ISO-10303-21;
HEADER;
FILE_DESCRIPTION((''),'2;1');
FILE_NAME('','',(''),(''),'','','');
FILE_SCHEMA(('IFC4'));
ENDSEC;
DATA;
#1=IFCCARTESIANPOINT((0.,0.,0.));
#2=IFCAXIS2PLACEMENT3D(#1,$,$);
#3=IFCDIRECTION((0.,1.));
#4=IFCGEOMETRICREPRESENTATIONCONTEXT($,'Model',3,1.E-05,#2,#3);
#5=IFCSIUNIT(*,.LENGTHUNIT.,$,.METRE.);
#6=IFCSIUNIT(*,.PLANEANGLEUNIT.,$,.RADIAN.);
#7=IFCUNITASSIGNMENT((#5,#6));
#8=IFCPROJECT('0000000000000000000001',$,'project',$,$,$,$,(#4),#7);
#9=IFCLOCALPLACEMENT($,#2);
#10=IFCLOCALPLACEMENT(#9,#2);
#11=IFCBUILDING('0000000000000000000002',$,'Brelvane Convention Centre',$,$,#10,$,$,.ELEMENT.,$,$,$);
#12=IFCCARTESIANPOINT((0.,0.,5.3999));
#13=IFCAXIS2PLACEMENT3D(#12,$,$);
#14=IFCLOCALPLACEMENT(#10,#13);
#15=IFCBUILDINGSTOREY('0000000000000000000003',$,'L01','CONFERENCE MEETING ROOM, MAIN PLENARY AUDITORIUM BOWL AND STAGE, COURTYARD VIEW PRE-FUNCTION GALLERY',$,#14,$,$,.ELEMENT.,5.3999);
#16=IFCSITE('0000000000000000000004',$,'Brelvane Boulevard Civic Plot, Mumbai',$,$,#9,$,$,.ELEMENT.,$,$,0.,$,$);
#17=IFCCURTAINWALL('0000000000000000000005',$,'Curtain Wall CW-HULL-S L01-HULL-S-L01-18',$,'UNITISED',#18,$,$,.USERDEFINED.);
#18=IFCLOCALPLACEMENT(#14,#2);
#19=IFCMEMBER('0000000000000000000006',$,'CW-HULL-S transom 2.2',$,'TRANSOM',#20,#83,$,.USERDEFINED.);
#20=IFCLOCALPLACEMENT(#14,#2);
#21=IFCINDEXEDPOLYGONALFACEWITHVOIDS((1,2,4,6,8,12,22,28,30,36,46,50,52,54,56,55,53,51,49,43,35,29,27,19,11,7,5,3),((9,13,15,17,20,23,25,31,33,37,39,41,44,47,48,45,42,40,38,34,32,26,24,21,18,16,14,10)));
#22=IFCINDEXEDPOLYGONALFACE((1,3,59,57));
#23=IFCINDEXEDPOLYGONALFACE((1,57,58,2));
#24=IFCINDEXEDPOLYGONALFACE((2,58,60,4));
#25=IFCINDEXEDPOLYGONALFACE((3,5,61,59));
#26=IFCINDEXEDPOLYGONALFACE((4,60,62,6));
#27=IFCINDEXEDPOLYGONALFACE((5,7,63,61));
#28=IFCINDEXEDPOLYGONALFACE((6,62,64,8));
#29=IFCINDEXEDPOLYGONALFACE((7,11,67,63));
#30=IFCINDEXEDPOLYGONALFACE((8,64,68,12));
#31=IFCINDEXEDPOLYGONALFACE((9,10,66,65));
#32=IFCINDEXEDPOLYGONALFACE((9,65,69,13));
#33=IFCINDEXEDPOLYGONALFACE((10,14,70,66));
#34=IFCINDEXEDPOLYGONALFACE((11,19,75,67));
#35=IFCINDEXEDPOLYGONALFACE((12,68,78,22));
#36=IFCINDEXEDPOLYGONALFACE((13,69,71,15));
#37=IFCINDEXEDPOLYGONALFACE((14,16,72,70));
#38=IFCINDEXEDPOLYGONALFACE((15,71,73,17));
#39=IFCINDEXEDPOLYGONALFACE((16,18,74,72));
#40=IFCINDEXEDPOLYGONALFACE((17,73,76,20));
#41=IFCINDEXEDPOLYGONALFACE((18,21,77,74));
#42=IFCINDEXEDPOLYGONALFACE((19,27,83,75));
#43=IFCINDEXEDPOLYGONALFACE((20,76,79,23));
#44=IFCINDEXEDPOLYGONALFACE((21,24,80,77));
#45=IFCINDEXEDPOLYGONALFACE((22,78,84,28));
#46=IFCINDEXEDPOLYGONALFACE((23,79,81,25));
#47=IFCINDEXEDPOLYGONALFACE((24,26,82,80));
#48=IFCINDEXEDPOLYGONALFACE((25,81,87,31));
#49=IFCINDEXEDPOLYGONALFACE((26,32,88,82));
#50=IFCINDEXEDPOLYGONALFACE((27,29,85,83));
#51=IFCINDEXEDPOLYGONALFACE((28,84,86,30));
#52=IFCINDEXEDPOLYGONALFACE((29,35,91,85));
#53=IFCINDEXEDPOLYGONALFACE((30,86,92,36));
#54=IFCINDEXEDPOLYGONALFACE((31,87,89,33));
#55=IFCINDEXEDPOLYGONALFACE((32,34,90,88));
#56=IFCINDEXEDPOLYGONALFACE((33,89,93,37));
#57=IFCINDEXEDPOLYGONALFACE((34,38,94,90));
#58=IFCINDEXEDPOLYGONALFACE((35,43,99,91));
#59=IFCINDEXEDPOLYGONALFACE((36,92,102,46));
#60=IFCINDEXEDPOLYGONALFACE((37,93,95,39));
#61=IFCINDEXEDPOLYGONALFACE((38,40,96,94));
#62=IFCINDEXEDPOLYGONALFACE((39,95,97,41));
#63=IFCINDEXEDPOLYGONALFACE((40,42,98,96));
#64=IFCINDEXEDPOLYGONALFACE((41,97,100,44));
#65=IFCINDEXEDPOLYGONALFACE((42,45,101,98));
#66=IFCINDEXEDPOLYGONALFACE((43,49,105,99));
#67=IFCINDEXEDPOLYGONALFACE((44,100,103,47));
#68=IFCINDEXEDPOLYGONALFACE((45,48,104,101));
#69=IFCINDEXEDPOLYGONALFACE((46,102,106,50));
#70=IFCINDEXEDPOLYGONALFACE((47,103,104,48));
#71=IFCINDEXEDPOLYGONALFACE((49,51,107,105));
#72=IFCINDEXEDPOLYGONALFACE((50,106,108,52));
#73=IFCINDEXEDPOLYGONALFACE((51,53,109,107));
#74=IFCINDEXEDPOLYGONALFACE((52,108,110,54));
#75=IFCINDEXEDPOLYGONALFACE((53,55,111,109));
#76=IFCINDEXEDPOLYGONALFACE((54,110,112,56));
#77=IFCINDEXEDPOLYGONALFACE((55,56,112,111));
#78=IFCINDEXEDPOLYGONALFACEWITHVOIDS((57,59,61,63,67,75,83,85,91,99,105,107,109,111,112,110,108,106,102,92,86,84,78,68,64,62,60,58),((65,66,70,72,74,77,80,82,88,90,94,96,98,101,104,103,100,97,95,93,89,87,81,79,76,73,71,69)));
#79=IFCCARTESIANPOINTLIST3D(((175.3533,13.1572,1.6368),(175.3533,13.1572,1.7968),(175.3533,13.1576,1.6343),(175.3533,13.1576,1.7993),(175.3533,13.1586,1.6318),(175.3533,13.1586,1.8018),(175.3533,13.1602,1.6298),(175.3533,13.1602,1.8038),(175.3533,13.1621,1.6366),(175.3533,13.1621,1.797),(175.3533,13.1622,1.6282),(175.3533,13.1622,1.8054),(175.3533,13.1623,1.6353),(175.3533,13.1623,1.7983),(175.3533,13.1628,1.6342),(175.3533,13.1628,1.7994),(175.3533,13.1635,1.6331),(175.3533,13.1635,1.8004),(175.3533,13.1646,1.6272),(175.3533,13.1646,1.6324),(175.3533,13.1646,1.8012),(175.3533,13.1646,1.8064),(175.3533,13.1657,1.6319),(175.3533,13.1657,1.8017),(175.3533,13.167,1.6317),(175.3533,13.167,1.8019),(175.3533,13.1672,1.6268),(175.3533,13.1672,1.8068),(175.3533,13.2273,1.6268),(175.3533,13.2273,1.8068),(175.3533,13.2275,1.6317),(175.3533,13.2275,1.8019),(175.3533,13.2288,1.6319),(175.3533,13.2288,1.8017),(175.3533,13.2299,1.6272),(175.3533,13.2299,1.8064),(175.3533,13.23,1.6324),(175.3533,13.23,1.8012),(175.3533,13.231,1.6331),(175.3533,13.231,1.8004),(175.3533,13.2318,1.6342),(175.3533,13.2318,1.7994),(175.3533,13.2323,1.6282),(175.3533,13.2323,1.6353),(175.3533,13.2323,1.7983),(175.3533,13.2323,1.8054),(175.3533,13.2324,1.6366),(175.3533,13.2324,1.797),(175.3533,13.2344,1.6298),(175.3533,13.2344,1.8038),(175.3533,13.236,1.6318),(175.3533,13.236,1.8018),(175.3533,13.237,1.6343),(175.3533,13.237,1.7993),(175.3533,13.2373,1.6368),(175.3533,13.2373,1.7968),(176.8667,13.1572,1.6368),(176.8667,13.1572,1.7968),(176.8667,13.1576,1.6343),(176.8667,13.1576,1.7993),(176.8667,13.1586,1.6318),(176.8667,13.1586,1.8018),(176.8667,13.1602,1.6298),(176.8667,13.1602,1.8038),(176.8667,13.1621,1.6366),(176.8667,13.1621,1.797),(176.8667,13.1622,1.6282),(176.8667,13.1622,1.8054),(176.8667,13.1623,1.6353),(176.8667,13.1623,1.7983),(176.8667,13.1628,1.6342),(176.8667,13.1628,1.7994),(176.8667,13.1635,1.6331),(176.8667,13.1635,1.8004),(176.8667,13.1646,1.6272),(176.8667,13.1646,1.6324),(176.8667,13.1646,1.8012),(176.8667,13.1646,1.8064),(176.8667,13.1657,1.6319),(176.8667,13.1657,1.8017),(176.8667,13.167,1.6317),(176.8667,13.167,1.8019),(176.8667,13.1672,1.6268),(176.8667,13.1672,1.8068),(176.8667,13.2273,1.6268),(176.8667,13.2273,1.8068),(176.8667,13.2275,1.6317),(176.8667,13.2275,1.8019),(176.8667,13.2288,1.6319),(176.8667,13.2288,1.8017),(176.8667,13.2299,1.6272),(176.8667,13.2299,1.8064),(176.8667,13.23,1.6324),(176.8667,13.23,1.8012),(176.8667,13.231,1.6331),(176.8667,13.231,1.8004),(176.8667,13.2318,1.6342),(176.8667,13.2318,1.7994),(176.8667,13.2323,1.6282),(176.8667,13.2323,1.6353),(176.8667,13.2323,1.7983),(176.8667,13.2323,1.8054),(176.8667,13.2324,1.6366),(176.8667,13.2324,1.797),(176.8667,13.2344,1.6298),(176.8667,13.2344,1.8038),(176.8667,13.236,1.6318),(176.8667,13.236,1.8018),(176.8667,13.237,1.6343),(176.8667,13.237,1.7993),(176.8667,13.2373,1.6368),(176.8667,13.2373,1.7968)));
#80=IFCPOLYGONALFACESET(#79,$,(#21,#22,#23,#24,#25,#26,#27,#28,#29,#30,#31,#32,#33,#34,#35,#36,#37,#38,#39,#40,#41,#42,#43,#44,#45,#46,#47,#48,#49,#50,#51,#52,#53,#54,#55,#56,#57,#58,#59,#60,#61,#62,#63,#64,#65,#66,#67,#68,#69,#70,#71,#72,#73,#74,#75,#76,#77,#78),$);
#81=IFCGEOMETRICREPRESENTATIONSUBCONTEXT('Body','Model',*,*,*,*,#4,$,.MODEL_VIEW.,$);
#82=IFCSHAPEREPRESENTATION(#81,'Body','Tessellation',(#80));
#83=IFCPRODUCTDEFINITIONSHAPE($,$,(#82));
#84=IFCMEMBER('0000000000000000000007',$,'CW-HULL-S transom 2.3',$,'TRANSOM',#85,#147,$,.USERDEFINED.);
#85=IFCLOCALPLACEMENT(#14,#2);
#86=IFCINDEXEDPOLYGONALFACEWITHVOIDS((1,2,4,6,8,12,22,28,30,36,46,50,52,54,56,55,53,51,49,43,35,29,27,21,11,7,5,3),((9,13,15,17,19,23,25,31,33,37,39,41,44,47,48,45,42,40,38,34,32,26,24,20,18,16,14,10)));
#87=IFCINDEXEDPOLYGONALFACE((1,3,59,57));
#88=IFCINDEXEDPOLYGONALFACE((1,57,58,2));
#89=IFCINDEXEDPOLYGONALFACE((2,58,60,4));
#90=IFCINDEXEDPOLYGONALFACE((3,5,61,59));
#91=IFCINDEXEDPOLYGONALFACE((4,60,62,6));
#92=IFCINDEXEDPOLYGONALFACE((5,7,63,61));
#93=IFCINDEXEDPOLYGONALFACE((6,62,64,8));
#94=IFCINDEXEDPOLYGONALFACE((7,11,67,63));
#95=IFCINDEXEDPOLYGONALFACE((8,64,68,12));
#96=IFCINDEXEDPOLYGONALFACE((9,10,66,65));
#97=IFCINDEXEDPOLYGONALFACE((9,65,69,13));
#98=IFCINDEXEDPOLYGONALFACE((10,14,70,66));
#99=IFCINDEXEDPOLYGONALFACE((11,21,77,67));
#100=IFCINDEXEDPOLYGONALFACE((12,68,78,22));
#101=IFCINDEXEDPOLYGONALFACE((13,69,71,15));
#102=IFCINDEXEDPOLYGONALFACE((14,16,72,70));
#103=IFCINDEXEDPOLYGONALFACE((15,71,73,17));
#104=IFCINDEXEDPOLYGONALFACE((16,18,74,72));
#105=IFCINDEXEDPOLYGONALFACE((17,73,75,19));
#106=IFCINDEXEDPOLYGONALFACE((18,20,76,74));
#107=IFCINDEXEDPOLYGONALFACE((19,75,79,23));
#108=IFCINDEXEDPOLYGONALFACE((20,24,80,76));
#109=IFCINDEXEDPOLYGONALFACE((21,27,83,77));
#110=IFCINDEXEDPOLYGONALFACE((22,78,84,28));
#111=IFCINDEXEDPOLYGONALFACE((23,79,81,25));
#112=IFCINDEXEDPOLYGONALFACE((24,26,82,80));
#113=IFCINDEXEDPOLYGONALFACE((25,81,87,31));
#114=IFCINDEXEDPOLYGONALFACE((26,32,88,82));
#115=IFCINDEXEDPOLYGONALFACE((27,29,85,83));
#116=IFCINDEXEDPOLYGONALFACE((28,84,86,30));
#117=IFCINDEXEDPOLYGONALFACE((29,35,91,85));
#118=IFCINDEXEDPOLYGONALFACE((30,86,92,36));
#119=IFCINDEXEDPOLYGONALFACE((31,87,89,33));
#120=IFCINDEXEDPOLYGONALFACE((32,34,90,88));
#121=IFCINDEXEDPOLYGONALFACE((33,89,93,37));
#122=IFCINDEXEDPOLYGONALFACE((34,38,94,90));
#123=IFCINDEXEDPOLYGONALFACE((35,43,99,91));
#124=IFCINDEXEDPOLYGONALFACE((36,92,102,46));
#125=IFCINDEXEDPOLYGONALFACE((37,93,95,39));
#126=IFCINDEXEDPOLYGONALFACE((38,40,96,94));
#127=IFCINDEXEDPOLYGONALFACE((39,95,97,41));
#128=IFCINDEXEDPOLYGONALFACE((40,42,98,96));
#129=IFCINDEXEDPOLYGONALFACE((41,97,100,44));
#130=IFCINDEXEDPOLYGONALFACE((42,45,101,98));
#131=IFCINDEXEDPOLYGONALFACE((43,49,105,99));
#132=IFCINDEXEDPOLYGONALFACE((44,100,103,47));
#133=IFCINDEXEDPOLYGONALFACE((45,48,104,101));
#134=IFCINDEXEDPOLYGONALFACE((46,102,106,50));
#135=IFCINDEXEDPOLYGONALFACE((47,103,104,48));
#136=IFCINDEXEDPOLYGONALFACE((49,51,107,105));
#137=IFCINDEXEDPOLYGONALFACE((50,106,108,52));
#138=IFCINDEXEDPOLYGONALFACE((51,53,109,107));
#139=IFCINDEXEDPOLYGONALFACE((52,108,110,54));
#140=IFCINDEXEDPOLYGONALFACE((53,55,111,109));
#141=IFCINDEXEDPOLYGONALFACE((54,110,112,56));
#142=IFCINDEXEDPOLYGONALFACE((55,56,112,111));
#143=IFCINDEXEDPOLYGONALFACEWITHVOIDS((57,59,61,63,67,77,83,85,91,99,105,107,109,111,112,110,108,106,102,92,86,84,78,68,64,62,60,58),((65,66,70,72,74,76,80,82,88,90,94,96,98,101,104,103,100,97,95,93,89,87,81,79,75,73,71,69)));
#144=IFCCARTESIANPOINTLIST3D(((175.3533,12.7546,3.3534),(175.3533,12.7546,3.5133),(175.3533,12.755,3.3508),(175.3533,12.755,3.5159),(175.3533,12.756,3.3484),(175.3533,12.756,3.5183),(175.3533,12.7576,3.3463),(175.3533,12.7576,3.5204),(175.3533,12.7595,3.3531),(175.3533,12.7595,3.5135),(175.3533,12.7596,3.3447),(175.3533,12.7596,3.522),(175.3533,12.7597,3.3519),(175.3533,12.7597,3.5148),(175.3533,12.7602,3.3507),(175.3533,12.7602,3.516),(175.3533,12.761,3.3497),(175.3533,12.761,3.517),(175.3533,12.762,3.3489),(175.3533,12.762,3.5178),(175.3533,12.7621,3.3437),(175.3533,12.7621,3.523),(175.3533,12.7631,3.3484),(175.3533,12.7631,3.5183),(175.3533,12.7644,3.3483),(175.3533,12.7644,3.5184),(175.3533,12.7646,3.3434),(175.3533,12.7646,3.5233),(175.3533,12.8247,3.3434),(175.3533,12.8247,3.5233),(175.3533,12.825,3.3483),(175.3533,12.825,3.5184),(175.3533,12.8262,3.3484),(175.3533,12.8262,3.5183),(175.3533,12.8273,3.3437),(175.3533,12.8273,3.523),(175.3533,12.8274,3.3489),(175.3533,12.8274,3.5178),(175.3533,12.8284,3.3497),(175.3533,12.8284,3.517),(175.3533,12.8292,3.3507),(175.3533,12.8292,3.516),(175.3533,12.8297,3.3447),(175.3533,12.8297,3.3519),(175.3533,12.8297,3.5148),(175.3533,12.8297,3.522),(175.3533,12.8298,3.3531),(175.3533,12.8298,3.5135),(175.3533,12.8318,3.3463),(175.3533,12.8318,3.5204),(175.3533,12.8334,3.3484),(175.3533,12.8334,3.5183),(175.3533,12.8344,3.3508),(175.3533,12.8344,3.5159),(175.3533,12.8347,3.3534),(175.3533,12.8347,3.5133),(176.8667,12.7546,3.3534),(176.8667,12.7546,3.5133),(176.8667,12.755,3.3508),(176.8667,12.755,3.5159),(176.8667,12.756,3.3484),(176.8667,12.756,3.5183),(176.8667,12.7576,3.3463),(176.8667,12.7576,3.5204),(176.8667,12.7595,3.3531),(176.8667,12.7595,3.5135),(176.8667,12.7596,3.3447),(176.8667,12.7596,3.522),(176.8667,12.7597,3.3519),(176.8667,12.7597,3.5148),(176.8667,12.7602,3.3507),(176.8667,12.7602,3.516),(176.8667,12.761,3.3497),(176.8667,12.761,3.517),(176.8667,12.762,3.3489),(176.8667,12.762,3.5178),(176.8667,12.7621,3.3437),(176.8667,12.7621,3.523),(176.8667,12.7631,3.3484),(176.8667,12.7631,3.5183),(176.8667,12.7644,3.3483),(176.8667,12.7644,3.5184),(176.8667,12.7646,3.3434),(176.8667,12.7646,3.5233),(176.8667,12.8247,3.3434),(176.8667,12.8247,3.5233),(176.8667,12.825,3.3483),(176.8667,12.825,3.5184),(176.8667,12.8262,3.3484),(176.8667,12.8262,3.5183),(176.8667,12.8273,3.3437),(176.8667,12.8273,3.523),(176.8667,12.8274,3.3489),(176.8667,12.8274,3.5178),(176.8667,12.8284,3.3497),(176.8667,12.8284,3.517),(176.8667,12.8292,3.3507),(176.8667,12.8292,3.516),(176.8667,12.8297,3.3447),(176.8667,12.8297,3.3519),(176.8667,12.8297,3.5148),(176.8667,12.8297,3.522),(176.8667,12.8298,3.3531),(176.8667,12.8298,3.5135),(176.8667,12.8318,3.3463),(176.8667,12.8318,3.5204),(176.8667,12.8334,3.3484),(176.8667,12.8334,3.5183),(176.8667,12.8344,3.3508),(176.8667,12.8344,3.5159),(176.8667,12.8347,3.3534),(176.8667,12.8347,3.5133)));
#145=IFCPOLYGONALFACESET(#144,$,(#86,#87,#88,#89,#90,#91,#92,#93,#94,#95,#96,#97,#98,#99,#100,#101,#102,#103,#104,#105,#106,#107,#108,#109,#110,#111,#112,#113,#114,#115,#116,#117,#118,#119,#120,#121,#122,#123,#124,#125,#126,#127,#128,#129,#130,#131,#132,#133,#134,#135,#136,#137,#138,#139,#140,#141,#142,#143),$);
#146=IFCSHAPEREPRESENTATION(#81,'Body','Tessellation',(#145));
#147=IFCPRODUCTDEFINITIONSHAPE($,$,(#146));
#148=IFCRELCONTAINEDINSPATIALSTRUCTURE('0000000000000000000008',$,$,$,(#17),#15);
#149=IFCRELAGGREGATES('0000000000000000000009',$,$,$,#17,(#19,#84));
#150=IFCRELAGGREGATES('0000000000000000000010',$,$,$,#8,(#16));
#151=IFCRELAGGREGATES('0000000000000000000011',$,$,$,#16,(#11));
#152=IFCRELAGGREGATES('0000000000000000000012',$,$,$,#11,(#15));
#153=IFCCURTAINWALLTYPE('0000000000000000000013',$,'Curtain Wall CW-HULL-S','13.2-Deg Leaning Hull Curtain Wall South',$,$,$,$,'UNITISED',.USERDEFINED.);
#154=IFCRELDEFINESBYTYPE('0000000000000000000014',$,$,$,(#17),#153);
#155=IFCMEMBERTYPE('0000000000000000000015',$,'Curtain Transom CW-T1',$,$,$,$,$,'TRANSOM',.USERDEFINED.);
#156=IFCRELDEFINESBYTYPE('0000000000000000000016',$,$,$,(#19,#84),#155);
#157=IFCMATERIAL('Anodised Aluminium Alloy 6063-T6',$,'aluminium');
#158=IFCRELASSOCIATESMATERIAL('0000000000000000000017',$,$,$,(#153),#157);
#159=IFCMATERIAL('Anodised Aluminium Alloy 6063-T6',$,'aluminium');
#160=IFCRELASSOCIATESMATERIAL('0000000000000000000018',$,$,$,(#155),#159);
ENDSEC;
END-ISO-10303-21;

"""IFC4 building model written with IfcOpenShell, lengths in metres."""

from ifc_helpers import new_model, si_unit, direction, frame, origin, origin_2d, place, context, subcontext, project, spatial, hollow_rectangle, extrude, material, material_profile, profile_set, type_object, element, aggregate, save


model = new_model("IFC4")

# Units and contexts
model_context = context("Model", 3, precision=1e-05, world=origin(), true_north=direction((0.0, 1.0)))
body_context = subcontext(model_context, "Body", "Model", "MODEL_VIEW")
ifc_project = project(units=[si_unit("LENGTHUNIT", "METRE"), si_unit("PLANEANGLEUNIT", "RADIAN")], contexts=[model_context])

# Site, building, storey
site_placement = place(None, origin())
site = spatial("IfcSite", under=ifc_project, at=site_placement, Name="Brelvane Boulevard Civic Plot, Mumbai", CompositionType="ELEMENT", RefElevation=0.0)
building_placement = place(site_placement, origin())
building = spatial("IfcBuilding", under=site, at=building_placement, Name="Brelvane Convention Centre", CompositionType="ELEMENT")
storey_placement = place(building_placement, frame((0.0, 0.0, 5.3999)))
storey = spatial("IfcBuildingStorey", under=building, at=storey_placement, Name="L01", Description="CONFERENCE MEETING ROOM, MAIN PLENARY AUDITORIUM BOWL AND STAGE, COURTYARD VIEW PRE-FUNCTION GALLERY", CompositionType="ELEMENT", Elevation=5.3999)

# Curtain wall, members
ifc_material_1 = material(Name="Anodised Aluminium Alloy 6063-T6", Category="aluminium")
curtain_wall_type = type_object("IfcCurtainWallType", Name="Curtain Wall CW-HULL-S", Description="13.2-Deg Leaning Hull Curtain Wall South", ElementType="UNITISED", PredefinedType="USERDEFINED", material=ifc_material_1)
ifc_material_2 = material(Name="Anodised Aluminium Alloy 6063-T6", Category="aluminium")
ifc_material_profile = material_profile(ifc_material_2, hollow_rectangle(XDim=0.0801, YDim=0.1799, WallThickness=0.0049, InnerFilletRadius=0.0049, OuterFilletRadius=0.01, at=origin_2d()), Name="ALU-T 180x80x5.0")
ifc_profile_set = profile_set([ifc_material_profile], Name="Anodised Aluminium Alloy 6063-T6")
member_type = type_object("IfcMemberType", Name="Curtain Transom CW-T1", ElementType="TRANSOM", PredefinedType="USERDEFINED", material=ifc_profile_set)
curtain_wall_1_placement = place(storey_placement, origin())
curtain_wall_1 = element("IfcCurtainWall", 1, at=curtain_wall_1_placement, inside=storey, type_object=curtain_wall_type, Name="Curtain Wall CW-HULL-S L01-HULL-S-L01-18", ObjectType="UNITISED", PredefinedType="USERDEFINED")
member_1_placement = place(storey_placement, frame((175.3533, 13.1973, 1.7168), z_axis=(1.0, 0.0, 0.0), x_axis=(0.0, 1.0, 0.0)))
member_1 = element("IfcMember", 2, at=member_1_placement, type_object=member_type, Name="CW-HULL-S transom 2.2", ObjectType="TRANSOM", PredefinedType="USERDEFINED", context=body_context, shape_type="SweptSolid", body=[
    extrude(hollow_rectangle(XDim=0.0801, YDim=0.1799, WallThickness=0.0049, InnerFilletRadius=0.0049, OuterFilletRadius=0.01, at=origin_2d()), origin(), (0.0, 0.0, 1.0), 1.5134),
])
member_2_placement = place(storey_placement, frame((175.3533, 12.7947, 3.4333), z_axis=(1.0, 0.0, 0.0), x_axis=(0.0, 1.0, 0.0)))
member_2 = element("IfcMember", 3, at=member_2_placement, type_object=member_type, Name="CW-HULL-S transom 2.3", ObjectType="TRANSOM", PredefinedType="USERDEFINED", context=body_context, shape_type="SweptSolid", body=[
    extrude(hollow_rectangle(XDim=0.0801, YDim=0.1799, WallThickness=0.0049, InnerFilletRadius=0.0049, OuterFilletRadius=0.01, at=origin_2d()), origin(), (0.0, 0.0, 1.0), 1.5134),
])

aggregate(curtain_wall_1, [member_1, member_2])

save(model, "model.ifc")
